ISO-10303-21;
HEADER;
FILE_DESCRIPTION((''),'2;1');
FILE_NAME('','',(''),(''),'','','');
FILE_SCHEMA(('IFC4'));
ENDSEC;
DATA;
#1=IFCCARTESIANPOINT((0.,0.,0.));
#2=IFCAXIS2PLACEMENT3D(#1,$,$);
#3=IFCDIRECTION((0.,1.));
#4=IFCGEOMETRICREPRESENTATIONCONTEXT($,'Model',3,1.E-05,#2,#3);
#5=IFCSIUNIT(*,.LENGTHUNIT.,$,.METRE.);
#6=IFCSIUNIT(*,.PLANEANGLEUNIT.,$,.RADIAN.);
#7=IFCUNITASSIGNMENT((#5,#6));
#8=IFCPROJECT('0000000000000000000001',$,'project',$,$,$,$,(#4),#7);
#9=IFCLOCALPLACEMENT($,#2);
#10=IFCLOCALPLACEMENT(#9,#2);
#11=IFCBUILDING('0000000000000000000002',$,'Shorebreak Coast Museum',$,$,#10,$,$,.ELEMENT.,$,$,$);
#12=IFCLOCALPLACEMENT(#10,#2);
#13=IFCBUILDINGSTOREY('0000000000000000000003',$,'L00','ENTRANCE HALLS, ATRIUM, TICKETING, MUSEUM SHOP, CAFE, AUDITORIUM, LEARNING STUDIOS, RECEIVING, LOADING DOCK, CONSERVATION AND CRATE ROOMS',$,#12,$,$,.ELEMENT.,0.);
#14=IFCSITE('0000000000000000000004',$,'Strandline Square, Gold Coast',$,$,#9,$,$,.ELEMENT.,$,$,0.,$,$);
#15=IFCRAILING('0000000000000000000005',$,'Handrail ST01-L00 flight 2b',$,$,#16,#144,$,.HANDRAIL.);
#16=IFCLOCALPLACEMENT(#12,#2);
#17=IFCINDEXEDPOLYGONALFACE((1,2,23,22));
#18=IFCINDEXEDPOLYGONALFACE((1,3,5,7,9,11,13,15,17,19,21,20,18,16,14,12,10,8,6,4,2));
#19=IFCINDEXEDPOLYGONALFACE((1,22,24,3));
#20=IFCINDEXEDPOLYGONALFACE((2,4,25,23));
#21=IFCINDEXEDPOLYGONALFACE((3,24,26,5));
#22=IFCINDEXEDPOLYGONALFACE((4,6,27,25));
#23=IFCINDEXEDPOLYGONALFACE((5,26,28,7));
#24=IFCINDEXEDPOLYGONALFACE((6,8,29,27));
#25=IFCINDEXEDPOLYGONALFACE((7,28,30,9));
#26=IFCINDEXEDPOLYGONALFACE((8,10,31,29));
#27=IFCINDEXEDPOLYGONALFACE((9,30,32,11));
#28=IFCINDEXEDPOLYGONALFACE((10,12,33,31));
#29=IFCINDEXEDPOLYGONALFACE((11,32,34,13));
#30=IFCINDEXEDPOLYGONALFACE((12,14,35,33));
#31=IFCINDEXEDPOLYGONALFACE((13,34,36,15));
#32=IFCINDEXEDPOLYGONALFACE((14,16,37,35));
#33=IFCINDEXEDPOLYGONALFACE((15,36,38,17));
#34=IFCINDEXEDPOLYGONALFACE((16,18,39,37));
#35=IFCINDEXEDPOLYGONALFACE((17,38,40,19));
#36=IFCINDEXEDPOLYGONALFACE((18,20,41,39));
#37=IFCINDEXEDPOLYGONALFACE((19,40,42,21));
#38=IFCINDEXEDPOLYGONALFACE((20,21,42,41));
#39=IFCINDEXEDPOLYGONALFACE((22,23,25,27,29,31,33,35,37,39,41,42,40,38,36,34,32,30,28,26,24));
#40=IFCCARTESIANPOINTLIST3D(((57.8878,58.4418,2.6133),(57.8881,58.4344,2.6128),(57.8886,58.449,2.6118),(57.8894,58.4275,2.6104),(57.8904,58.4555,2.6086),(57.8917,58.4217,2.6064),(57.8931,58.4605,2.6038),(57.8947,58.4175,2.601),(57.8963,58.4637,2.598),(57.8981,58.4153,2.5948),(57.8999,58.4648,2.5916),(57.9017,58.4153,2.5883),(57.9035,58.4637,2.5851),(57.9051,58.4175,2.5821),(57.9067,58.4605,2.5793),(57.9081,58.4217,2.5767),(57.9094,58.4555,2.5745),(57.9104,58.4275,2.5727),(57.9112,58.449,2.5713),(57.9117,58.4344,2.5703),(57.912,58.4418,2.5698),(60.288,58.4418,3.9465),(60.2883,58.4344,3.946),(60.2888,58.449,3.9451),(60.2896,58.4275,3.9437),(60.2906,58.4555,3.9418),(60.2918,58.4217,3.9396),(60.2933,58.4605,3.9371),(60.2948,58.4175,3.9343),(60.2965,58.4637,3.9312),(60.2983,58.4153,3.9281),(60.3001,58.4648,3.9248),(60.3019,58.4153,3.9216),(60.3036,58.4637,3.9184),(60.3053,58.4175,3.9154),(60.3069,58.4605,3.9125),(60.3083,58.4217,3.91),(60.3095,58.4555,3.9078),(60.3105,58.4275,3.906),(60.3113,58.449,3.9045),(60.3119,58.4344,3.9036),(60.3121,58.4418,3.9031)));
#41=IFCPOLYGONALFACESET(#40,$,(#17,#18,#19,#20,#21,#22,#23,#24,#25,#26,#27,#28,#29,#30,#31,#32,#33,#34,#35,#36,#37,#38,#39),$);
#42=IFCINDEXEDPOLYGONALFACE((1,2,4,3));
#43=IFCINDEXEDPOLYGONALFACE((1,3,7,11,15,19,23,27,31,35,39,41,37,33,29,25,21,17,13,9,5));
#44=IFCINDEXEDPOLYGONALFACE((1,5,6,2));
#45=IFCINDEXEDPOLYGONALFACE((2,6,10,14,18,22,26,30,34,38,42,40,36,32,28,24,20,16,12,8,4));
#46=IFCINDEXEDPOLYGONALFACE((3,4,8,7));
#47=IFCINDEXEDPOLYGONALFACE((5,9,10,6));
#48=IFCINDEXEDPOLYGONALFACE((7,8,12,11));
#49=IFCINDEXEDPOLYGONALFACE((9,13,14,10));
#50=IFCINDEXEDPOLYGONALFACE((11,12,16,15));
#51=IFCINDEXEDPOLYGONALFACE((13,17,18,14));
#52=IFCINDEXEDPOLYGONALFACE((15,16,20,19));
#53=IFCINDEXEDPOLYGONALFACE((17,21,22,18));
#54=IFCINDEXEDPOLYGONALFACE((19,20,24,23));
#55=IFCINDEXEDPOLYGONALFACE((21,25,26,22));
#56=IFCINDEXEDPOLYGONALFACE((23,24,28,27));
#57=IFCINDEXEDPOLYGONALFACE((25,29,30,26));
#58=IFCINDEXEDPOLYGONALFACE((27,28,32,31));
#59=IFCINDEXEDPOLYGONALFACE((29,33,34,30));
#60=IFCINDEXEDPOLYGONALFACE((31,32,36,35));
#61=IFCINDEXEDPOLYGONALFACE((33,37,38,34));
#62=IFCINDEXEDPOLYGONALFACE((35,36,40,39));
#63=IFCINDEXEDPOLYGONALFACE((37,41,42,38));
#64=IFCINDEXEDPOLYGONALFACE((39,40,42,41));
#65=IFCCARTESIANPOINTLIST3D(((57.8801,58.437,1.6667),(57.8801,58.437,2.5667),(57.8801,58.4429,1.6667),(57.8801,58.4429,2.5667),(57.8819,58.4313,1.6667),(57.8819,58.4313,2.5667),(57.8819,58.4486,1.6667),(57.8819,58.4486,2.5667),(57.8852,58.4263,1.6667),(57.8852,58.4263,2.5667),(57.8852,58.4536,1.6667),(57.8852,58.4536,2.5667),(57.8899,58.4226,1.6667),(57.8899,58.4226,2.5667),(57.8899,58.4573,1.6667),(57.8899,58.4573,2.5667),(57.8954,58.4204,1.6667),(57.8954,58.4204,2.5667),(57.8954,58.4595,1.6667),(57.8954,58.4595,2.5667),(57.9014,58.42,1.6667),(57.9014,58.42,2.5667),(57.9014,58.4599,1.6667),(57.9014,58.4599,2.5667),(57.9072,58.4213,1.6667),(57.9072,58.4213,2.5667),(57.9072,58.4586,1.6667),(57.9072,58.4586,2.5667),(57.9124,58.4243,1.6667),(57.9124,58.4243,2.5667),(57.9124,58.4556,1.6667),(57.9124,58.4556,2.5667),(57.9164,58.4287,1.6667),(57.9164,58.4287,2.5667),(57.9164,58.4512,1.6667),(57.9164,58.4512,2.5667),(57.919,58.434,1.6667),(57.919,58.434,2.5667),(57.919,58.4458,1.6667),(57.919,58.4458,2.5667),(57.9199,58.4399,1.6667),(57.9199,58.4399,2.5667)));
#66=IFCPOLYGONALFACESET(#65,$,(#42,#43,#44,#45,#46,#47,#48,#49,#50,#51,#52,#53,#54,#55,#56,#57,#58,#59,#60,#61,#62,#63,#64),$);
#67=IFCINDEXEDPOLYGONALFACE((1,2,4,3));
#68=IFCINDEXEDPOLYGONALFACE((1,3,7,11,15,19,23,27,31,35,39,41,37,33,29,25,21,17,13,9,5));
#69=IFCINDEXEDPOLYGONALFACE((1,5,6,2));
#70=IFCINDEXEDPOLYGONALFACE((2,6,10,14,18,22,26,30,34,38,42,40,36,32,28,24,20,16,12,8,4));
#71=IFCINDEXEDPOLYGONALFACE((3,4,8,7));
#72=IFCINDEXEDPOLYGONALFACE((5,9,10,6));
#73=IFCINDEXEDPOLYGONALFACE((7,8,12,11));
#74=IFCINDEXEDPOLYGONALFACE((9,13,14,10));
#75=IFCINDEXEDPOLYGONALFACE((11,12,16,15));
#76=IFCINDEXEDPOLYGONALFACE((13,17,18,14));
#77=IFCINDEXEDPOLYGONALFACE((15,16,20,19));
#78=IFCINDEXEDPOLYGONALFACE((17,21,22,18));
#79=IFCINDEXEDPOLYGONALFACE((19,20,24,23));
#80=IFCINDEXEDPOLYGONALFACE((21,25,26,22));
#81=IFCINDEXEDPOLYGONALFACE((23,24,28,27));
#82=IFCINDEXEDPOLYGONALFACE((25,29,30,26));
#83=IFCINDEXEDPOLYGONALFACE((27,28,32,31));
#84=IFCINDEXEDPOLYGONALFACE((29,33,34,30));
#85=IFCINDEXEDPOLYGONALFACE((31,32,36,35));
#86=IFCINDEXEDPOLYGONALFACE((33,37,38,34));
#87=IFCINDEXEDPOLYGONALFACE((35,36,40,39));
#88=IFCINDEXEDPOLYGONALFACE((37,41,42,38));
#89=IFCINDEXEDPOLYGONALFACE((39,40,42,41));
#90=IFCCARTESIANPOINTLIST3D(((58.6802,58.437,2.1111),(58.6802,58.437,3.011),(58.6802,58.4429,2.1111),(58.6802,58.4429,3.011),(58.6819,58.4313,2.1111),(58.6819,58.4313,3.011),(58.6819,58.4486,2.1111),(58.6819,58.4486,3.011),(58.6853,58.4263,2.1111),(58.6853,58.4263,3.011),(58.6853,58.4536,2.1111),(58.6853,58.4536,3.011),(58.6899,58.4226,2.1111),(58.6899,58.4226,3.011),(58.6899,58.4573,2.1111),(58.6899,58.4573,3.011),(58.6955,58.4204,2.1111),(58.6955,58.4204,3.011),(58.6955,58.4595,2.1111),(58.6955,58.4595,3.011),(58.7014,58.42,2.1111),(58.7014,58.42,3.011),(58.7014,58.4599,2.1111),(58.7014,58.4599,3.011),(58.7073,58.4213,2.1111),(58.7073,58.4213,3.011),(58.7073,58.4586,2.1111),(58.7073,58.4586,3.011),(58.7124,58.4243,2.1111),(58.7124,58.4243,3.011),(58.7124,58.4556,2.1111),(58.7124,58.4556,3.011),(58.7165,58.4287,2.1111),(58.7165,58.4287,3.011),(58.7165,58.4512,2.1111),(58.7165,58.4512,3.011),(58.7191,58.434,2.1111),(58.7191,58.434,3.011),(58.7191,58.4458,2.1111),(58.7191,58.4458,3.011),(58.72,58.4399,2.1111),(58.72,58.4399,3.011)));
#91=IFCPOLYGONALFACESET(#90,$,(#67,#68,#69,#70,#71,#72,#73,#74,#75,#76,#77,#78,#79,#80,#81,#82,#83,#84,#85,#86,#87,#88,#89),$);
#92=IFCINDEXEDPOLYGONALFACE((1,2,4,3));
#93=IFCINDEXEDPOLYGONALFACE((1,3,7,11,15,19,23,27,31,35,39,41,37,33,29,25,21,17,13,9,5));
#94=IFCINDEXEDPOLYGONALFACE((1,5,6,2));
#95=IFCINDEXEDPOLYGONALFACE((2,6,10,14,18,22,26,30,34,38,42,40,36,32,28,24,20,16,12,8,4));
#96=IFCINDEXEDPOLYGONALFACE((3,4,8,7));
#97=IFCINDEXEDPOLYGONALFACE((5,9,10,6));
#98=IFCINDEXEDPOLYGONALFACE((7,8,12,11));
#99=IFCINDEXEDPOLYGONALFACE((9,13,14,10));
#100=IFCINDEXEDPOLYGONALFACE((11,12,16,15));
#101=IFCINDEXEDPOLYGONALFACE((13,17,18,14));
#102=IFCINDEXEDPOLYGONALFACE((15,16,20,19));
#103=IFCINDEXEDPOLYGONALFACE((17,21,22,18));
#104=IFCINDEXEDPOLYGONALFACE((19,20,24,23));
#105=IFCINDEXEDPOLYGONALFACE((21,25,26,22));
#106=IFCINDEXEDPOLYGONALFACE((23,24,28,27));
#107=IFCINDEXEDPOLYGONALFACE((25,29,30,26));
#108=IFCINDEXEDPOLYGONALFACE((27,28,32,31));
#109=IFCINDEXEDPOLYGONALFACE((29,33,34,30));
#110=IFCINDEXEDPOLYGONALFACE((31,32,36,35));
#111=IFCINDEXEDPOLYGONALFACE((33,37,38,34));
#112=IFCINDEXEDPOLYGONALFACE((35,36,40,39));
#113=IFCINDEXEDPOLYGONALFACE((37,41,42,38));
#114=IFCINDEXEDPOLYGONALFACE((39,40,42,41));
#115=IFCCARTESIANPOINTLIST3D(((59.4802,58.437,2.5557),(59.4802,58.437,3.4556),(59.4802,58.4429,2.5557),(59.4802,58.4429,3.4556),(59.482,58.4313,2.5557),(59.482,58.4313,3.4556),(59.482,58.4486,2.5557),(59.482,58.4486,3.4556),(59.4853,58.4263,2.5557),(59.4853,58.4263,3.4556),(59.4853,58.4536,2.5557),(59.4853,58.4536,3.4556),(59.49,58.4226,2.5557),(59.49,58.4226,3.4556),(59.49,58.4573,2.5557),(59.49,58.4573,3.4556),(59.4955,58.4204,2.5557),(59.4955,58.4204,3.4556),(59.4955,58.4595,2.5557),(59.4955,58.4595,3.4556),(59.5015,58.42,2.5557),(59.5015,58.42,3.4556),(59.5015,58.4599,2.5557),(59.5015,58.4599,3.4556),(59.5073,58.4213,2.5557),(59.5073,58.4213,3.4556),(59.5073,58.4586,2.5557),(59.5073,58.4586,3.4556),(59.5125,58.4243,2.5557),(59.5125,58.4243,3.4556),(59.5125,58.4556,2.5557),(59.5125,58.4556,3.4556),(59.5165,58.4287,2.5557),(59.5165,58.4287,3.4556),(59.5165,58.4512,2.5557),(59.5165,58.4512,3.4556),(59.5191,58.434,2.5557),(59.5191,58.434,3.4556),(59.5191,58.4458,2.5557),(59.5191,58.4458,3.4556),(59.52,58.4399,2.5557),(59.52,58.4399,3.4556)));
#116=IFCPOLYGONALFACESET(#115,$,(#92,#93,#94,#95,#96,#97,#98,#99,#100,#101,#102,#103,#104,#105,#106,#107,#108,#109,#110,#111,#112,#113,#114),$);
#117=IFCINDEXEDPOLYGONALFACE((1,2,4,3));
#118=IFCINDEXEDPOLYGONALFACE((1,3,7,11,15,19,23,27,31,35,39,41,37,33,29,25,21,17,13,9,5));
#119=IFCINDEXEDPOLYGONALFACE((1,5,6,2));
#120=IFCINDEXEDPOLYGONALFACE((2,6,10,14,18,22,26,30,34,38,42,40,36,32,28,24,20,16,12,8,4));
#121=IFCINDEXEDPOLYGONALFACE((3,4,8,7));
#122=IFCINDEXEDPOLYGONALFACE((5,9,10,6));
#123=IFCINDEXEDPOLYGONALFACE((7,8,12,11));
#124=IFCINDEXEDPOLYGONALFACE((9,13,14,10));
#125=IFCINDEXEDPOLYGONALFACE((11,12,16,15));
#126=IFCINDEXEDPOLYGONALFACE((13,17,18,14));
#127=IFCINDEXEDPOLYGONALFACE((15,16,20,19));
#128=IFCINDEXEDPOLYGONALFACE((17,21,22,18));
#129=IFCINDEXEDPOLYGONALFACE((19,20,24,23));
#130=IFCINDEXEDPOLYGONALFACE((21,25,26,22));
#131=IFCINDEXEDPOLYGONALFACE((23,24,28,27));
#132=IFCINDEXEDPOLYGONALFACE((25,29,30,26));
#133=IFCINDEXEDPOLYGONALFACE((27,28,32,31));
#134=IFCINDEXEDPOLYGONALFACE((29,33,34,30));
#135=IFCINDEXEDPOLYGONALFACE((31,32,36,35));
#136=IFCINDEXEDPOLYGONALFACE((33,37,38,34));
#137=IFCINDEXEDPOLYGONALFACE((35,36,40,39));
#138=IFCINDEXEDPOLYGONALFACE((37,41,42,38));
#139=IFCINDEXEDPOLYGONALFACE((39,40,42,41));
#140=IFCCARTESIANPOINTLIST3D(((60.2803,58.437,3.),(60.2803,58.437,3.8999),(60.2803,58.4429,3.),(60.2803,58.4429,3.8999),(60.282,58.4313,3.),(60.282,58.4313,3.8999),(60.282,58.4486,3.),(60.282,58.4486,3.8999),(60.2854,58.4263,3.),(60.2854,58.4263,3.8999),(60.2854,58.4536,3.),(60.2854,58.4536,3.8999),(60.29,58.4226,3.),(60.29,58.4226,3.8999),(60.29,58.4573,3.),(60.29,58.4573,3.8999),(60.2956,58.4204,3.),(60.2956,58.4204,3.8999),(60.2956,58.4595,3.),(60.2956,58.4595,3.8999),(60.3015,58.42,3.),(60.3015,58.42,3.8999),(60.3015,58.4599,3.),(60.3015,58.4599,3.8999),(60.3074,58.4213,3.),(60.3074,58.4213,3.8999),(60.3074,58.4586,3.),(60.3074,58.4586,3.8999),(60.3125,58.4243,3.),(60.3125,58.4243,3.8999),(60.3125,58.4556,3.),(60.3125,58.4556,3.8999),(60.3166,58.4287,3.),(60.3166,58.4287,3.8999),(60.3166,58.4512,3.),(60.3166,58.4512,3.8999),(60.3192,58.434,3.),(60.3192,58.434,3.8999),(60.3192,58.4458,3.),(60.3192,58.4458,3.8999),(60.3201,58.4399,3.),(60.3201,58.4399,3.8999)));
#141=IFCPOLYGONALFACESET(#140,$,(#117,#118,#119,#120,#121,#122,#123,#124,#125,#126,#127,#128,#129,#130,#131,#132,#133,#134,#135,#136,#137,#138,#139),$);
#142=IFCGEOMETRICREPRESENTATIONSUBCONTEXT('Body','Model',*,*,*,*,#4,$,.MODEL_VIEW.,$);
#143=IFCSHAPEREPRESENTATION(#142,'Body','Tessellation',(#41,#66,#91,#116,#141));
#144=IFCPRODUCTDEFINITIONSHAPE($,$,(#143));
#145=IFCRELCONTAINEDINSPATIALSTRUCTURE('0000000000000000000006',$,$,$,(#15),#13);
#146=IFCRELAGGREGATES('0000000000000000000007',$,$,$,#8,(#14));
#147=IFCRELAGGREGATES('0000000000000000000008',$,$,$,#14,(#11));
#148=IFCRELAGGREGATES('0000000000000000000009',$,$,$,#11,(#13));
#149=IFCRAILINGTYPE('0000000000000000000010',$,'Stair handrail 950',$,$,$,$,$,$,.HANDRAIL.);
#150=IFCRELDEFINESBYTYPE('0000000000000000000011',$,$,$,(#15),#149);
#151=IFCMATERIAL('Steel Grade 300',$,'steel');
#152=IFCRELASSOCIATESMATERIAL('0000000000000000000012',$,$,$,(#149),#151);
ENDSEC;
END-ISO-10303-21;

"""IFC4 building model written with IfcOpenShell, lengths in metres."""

from ifc_helpers import new_model, si_unit, direction, frame, origin, origin_2d, place, context, subcontext, project, spatial, circle, extrude, material, type_object, element, save


model = new_model("IFC4")

# Units and contexts
model_context = context("Model", 3, precision=1e-05, world=origin(), true_north=direction((0.0, 1.0)))
body_context = subcontext(model_context, "Body", "Model", "MODEL_VIEW")
ifc_project = project(units=[si_unit("LENGTHUNIT", "METRE"), si_unit("PLANEANGLEUNIT", "RADIAN")], contexts=[model_context])

# Site, building, storey
site_placement = place(None, origin())
site = spatial("IfcSite", under=ifc_project, at=site_placement, Name="Strandline Square, Gold Coast", CompositionType="ELEMENT", RefElevation=0.0)
building_placement = place(site_placement, origin())
building = spatial("IfcBuilding", under=site, at=building_placement, Name="Shorebreak Coast Museum", CompositionType="ELEMENT")
storey_placement = place(building_placement, origin())
storey = spatial("IfcBuildingStorey", under=building, at=storey_placement, Name="L00", Description="ENTRANCE HALLS, ATRIUM, TICKETING, MUSEUM SHOP, CAFE, AUDITORIUM, LEARNING STUDIOS, RECEIVING, LOADING DOCK, CONSERVATION AND CRATE ROOMS", CompositionType="ELEMENT", Elevation=0.0)

# Railing
ifc_material_1 = material(Name="Steel Grade 300", Category="steel")
railing_type_1 = type_object("IfcRailingType", Name="Stair handrail 950", PredefinedType="HANDRAIL", material=ifc_material_1)
for number, where, name in (
    (1, (57.8999, 58.4399, 1.6667), "Handrail ST01-L00 flight 2b"),
):
    element("IfcRailing", number, at=place(storey_placement, frame(where)), inside=storey, type_object=railing_type_1, Name=name, PredefinedType="HANDRAIL", context=body_context, shape_type="SweptSolid", body=[
        extrude(circle(Radius=0.0249, at=origin_2d()), frame((0.0, 0.0, 0.9248), z_axis=(0.874182, 0.0, 0.485598), x_axis=(0.0, 1.0, 0.0)), (0.0, 0.0, 1.0), 2.7456),
        extrude(circle(Radius=0.02, at=origin_2d()), origin(), (0.0, 0.0, 1.0), 0.8999),
        extrude(circle(Radius=0.02, at=origin_2d()), frame((0.8, 0.0, 0.4443)), (0.0, 0.0, 1.0), 0.8999),
        extrude(circle(Radius=0.02, at=origin_2d()), frame((1.6001, 0.0, 0.8889)), (0.0, 0.0, 1.0), 0.8999),
        extrude(circle(Radius=0.02, at=origin_2d()), frame((2.4001, 0.0, 1.3333)), (0.0, 0.0, 1.0), 0.8999),
    ])

save(model, "model.ifc")
